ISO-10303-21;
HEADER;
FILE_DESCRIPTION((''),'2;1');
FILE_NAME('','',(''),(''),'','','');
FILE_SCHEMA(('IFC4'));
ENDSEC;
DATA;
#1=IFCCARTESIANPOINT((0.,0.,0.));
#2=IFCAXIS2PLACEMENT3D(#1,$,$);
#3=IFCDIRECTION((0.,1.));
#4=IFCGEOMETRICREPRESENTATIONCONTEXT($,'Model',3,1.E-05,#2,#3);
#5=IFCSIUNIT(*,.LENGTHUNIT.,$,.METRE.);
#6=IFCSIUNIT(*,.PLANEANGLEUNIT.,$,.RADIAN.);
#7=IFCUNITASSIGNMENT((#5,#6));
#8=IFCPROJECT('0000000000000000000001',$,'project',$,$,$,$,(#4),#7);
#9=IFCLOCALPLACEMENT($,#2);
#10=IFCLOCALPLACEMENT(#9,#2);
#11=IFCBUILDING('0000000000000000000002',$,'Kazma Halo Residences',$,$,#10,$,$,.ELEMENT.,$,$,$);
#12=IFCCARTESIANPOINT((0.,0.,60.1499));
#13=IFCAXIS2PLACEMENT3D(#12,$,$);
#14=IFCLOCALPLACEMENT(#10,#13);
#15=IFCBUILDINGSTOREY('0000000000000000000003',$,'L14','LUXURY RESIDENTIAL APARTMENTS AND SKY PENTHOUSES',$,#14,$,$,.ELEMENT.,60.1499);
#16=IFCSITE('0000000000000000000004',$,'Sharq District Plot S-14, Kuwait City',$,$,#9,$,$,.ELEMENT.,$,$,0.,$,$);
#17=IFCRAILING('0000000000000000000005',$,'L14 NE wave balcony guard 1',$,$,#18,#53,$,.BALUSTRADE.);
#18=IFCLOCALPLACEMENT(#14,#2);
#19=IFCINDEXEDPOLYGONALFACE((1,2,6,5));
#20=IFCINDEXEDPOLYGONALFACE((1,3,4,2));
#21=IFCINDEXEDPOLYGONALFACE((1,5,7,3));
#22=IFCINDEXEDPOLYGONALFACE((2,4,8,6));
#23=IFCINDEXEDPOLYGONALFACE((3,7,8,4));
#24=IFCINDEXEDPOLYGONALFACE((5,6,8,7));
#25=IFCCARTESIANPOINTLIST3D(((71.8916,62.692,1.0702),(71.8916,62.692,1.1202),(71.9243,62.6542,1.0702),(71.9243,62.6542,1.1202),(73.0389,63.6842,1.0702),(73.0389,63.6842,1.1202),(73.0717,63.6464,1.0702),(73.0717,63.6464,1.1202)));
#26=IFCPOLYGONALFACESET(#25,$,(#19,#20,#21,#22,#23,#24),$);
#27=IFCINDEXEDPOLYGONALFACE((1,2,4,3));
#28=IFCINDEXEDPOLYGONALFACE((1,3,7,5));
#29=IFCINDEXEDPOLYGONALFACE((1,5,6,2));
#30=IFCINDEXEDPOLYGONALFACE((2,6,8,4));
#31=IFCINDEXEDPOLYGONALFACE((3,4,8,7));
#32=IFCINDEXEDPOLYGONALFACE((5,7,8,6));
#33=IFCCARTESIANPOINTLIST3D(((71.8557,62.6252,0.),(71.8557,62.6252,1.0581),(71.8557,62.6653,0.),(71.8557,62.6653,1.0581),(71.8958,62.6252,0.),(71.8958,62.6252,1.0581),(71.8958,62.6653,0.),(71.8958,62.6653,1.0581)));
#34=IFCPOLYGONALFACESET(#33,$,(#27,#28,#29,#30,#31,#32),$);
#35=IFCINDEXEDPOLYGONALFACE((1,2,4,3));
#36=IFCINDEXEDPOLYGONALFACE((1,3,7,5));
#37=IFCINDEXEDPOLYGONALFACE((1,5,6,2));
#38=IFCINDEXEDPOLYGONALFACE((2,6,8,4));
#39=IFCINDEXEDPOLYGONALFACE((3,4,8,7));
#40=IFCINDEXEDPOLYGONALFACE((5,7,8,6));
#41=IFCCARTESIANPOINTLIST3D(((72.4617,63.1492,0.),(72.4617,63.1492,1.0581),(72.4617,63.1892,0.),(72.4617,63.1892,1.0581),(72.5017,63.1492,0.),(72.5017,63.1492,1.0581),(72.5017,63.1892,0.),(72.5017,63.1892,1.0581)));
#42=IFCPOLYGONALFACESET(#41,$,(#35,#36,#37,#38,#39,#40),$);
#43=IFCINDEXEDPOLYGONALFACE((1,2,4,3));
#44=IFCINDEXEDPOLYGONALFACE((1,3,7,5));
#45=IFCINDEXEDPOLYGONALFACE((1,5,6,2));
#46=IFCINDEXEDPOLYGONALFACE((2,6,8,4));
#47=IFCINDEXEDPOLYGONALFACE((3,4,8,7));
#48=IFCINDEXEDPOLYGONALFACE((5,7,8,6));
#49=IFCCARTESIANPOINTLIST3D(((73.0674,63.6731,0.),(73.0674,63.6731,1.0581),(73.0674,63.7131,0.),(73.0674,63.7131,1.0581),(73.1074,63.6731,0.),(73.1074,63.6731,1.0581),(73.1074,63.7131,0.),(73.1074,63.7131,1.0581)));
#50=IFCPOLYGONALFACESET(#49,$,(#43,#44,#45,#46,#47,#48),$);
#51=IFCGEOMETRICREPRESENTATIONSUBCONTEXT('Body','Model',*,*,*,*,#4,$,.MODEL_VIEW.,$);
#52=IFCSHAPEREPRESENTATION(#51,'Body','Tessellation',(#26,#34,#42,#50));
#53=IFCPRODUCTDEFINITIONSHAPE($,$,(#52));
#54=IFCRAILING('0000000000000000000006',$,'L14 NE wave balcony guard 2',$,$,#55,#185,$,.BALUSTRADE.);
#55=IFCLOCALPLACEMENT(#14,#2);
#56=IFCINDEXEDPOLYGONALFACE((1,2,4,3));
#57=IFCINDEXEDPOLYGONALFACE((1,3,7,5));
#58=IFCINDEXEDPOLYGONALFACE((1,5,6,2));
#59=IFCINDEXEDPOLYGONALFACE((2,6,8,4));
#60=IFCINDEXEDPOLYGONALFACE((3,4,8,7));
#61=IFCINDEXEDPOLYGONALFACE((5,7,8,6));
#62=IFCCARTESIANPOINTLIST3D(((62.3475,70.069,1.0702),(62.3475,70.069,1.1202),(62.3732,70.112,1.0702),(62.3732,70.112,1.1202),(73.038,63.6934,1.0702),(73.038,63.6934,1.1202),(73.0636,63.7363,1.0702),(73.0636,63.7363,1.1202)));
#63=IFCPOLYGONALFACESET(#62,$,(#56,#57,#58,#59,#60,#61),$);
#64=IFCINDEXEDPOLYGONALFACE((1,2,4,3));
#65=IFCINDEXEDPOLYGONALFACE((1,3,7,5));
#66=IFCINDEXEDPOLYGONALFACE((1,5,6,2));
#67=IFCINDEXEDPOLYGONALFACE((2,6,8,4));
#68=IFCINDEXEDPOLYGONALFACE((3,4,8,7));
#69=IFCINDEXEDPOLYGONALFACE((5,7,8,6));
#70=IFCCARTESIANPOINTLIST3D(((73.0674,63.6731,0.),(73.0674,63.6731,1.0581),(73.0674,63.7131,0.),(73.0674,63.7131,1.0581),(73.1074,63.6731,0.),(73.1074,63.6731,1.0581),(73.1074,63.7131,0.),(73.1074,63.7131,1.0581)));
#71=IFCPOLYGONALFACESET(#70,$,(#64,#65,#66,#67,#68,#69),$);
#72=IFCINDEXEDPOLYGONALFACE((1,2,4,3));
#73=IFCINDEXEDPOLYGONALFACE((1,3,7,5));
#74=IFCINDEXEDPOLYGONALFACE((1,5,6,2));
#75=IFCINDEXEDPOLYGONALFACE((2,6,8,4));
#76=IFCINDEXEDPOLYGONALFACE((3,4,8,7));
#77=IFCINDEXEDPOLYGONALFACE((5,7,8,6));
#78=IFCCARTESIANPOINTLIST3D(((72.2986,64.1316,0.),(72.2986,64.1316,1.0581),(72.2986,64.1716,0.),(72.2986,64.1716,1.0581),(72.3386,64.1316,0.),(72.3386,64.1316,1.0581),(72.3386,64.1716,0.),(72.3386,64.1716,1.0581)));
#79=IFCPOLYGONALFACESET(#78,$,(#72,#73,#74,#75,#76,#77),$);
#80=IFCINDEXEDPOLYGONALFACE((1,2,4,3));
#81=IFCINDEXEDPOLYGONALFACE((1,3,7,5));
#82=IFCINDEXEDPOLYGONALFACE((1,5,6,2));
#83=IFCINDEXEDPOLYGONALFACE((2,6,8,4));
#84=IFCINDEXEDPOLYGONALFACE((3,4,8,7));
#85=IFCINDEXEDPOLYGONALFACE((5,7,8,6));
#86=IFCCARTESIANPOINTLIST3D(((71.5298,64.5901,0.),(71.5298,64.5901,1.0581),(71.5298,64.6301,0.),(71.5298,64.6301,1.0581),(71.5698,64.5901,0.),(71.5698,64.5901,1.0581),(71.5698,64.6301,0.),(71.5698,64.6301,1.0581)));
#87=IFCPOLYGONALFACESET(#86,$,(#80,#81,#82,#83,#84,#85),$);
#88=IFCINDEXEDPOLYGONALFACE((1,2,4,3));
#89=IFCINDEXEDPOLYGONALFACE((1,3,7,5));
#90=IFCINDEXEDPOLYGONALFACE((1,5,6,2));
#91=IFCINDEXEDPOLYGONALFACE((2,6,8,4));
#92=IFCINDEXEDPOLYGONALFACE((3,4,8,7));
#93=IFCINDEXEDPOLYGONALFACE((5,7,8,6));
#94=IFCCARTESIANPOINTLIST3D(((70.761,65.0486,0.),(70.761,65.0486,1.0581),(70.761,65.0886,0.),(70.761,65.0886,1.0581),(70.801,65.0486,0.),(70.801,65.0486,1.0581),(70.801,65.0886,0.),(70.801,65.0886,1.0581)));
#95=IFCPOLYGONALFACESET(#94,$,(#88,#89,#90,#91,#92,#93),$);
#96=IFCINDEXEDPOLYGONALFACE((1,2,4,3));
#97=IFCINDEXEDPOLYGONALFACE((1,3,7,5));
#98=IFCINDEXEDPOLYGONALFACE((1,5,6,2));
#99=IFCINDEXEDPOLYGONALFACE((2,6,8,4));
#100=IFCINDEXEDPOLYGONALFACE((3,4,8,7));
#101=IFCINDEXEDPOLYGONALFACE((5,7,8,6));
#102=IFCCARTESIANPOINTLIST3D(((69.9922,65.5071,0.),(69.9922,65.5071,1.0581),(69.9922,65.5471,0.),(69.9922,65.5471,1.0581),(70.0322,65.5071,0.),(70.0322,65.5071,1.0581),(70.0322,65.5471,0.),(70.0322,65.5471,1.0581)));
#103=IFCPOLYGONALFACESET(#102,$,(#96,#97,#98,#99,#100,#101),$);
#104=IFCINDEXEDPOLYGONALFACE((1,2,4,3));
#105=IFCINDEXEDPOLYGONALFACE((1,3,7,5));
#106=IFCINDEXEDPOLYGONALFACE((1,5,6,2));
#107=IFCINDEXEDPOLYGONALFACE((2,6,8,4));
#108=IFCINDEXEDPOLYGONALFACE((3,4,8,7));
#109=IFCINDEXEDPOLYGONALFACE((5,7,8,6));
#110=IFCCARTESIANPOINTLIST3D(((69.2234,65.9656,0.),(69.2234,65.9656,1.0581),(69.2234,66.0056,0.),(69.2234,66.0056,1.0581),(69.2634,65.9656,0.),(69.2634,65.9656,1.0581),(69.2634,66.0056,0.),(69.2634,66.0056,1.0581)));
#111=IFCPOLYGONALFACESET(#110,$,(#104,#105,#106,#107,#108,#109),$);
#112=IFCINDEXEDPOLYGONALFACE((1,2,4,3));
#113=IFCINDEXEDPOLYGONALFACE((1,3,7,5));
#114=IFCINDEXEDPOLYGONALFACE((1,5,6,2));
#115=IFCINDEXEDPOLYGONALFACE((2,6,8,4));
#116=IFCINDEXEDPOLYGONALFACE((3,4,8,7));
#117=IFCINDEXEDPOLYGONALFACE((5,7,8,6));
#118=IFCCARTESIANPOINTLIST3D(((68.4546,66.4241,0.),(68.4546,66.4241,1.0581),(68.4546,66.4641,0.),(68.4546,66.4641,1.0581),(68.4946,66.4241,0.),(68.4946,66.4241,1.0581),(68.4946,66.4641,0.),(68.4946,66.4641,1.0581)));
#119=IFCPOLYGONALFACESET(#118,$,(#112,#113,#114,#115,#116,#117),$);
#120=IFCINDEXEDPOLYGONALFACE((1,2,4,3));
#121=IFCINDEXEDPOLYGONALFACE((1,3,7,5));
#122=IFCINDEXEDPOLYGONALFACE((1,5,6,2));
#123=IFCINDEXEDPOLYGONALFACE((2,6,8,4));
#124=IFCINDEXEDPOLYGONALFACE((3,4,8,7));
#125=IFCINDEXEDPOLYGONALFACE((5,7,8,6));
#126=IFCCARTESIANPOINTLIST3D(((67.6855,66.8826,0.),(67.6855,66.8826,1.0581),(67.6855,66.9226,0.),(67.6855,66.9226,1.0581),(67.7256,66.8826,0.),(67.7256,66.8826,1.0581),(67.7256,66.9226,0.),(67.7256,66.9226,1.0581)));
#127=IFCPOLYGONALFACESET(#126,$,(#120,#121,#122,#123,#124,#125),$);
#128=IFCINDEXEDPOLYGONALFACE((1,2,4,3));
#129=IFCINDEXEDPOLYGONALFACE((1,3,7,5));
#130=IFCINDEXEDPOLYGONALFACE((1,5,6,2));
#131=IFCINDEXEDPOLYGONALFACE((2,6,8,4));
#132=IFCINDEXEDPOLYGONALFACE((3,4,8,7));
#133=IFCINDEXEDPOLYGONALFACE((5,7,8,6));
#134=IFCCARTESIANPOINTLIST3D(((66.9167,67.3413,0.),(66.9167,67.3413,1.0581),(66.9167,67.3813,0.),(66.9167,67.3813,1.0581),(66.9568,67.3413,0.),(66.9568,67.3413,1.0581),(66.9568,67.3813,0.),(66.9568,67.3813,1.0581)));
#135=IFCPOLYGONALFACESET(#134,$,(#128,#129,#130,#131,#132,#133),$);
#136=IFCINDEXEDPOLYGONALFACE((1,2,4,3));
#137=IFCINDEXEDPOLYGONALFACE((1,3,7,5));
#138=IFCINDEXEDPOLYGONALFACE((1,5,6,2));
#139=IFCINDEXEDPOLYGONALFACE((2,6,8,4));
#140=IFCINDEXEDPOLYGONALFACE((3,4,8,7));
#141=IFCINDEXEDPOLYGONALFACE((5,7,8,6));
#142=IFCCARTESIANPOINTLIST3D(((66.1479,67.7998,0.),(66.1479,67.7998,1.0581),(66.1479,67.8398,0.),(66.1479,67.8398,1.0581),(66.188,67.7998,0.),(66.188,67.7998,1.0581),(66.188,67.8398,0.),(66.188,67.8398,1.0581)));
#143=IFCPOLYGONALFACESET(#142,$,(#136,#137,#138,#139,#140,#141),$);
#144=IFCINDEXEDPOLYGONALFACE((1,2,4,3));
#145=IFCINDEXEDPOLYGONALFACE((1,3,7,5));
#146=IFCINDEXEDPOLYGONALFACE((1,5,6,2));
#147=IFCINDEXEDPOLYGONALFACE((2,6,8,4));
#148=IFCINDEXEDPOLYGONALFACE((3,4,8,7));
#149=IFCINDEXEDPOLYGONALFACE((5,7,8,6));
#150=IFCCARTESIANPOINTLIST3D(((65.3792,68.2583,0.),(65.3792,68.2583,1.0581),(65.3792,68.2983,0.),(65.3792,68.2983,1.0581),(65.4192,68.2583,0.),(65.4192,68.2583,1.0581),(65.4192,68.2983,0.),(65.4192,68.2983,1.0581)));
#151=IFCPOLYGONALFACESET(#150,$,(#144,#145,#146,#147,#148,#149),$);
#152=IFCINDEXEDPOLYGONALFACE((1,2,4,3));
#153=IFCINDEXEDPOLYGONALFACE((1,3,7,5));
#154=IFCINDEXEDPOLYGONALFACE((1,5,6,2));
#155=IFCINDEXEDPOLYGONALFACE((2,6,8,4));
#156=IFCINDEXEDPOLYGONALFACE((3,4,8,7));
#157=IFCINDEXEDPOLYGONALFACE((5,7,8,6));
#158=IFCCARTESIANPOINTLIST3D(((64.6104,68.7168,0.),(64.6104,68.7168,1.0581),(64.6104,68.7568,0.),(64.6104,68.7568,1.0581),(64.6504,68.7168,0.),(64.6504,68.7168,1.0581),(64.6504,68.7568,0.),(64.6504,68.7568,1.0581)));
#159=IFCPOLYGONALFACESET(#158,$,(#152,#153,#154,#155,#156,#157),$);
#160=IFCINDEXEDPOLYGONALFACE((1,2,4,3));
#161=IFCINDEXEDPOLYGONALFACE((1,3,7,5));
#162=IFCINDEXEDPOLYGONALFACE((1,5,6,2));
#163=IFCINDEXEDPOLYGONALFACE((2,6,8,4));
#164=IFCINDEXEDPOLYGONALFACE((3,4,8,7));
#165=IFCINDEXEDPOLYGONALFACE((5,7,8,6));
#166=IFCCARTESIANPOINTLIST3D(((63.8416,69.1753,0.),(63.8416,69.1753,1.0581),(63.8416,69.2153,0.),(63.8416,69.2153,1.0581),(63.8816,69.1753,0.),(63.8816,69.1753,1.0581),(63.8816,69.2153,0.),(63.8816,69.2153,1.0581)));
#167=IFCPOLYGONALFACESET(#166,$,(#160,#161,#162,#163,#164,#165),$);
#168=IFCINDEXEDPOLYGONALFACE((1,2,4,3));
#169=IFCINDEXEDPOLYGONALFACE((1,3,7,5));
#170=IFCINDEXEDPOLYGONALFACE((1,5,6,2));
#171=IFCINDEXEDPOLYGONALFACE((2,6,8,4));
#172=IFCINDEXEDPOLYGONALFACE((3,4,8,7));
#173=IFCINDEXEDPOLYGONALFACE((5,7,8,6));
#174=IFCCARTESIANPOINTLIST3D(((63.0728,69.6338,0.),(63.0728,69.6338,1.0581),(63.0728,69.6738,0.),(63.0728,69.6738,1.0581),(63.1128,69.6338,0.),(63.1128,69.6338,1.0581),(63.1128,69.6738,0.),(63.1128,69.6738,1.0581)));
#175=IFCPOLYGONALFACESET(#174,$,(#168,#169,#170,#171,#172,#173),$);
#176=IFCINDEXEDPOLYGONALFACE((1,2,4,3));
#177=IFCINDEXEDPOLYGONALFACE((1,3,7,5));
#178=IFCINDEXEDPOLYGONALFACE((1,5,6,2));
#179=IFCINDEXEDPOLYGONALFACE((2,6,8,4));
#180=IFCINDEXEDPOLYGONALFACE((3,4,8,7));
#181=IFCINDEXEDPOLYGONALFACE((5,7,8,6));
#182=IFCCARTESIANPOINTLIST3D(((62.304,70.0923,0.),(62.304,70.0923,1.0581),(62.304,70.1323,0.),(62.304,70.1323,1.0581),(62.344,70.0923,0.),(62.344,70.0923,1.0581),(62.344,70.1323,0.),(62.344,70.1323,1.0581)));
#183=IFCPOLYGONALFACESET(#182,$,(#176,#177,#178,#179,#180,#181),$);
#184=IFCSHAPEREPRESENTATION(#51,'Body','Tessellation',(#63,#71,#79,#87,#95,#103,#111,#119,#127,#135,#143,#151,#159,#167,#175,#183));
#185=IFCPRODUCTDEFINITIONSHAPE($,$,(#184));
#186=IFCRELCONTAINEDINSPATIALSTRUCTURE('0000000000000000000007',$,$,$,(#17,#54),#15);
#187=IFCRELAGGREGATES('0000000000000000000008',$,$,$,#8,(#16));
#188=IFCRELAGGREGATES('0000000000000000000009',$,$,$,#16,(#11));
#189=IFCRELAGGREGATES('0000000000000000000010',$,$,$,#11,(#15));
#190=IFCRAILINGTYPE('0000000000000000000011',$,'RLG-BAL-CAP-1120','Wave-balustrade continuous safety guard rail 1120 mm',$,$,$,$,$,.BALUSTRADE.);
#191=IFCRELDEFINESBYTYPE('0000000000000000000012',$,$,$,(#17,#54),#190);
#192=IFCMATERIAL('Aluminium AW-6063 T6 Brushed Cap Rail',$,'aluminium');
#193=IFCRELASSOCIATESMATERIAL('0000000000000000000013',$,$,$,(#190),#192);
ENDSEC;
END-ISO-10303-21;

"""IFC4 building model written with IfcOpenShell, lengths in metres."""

from ifc_helpers import new_model, si_unit, direction, frame, origin, origin_2d, place, context, subcontext, project, spatial, rectangle, extrude, material, type_object, element, save


model = new_model("IFC4")

# Units and contexts
model_context = context("Model", 3, precision=1e-05, world=origin(), true_north=direction((0.0, 1.0)))
body_context = subcontext(model_context, "Body", "Model", "MODEL_VIEW")
ifc_project = project(units=[si_unit("LENGTHUNIT", "METRE"), si_unit("PLANEANGLEUNIT", "RADIAN")], contexts=[model_context])

# Site, building, storey
site_placement = place(None, origin())
site = spatial("IfcSite", under=ifc_project, at=site_placement, Name="Sharq District Plot S-14, Kuwait City", CompositionType="ELEMENT", RefElevation=0.0)
building_placement = place(site_placement, origin())
building = spatial("IfcBuilding", under=site, at=building_placement, Name="Kazma Halo Residences", CompositionType="ELEMENT")
storey_placement = place(building_placement, frame((0.0, 0.0, 60.1499)))
storey = spatial("IfcBuildingStorey", under=building, at=storey_placement, Name="L14", Description="LUXURY RESIDENTIAL APARTMENTS AND SKY PENTHOUSES", CompositionType="ELEMENT", Elevation=60.1499)

# Railings
ifc_material_1 = material(Name="Aluminium AW-6063 T6 Brushed Cap Rail", Category="aluminium")
railing_type = type_object("IfcRailingType", Name="RLG-BAL-CAP-1120", Description="Wave-balustrade continuous safety guard rail 1120 mm", PredefinedType="BALUSTRADE", material=ifc_material_1)
railing_1_placement = place(storey_placement, frame((71.8757, 62.6453, 0.0)))
element("IfcRailing", 1, at=railing_1_placement, inside=storey, type_object=railing_type, Name="L14 NE wave balcony guard 1", PredefinedType="BALUSTRADE", context=body_context, shape_type="SweptSolid", body=[
    extrude(rectangle(XDim=0.05, YDim=0.05, at=origin_2d()), frame((0.0322, 0.0278, 1.0952), z_axis=(0.756388, 0.654124, 0.0), x_axis=(-0.654124, 0.756388, 0.0)), (0.0, 0.0, 1.0), 1.5168),
    extrude(rectangle(XDim=0.04, YDim=0.04, at=origin_2d()), origin(), (0.0, 0.0, 1.0), 1.0581),
    extrude(rectangle(XDim=0.04, YDim=0.04, at=origin_2d()), frame((0.606, 0.5239, 0.0)), (0.0, 0.0, 1.0), 1.0581),
    extrude(rectangle(XDim=0.04, YDim=0.04, at=origin_2d()), frame((1.2117, 1.0479, 0.0)), (0.0, 0.0, 1.0), 1.0581),
])
railing_2_placement = place(storey_placement, frame((73.0874, 63.6931, 0.0)))
element("IfcRailing", 2, at=railing_2_placement, inside=storey, type_object=railing_type, Name="L14 NE wave balcony guard 2", PredefinedType="BALUSTRADE", context=body_context, shape_type="SweptSolid", body=[
    extrude(rectangle(XDim=0.05, YDim=0.05, at=origin_2d()), frame((-0.0366, 0.0217, 1.0952), z_axis=(-0.858858, 0.512214, 0.0), x_axis=(-0.512214, -0.858858, 0.0)), (0.0, 0.0, 1.0), 12.4473),
    extrude(rectangle(XDim=0.04, YDim=0.04, at=origin_2d()), origin(), (0.0, 0.0, 1.0), 1.0581),
    extrude(rectangle(XDim=0.04, YDim=0.04, at=origin_2d()), frame((-0.7688, 0.4585, 0.0)), (0.0, 0.0, 1.0), 1.0581),
    extrude(rectangle(XDim=0.04, YDim=0.04, at=origin_2d()), frame((-1.5376, 0.917, 0.0)), (0.0, 0.0, 1.0), 1.0581),
    extrude(rectangle(XDim=0.04, YDim=0.04, at=origin_2d()), frame((-2.3064, 1.3755, 0.0)), (0.0, 0.0, 1.0), 1.0581),
    extrude(rectangle(XDim=0.04, YDim=0.04, at=origin_2d()), frame((-3.0752, 1.834, 0.0)), (0.0, 0.0, 1.0), 1.0581),
    extrude(rectangle(XDim=0.04, YDim=0.04, at=origin_2d()), frame((-3.844, 2.2925, 0.0)), (0.0, 0.0, 1.0), 1.0581),
    extrude(rectangle(XDim=0.04, YDim=0.04, at=origin_2d()), frame((-4.6128, 2.751, 0.0)), (0.0, 0.0, 1.0), 1.0581),
    extrude(rectangle(XDim=0.04, YDim=0.04, at=origin_2d()), frame((-5.3818, 3.2095, 0.0)), (0.0, 0.0, 1.0), 1.0581),
    extrude(rectangle(XDim=0.04, YDim=0.04, at=origin_2d()), frame((-6.1506, 3.6682, 0.0)), (0.0, 0.0, 1.0), 1.0581),
    extrude(rectangle(XDim=0.04, YDim=0.04, at=origin_2d()), frame((-6.9194, 4.1267, 0.0)), (0.0, 0.0, 1.0), 1.0581),
    extrude(rectangle(XDim=0.04, YDim=0.04, at=origin_2d()), frame((-7.6882, 4.5852, 0.0)), (0.0, 0.0, 1.0), 1.0581),
    extrude(rectangle(XDim=0.04, YDim=0.04, at=origin_2d()), frame((-8.457, 5.0437, 0.0)), (0.0, 0.0, 1.0), 1.0581),
    extrude(rectangle(XDim=0.04, YDim=0.04, at=origin_2d()), frame((-9.2258, 5.5022, 0.0)), (0.0, 0.0, 1.0), 1.0581),
    extrude(rectangle(XDim=0.04, YDim=0.04, at=origin_2d()), frame((-9.9946, 5.9607, 0.0)), (0.0, 0.0, 1.0), 1.0581),
    extrude(rectangle(XDim=0.04, YDim=0.04, at=origin_2d()), frame((-10.7634, 6.4192, 0.0)), (0.0, 0.0, 1.0), 1.0581),
])

save(model, "model.ifc")
